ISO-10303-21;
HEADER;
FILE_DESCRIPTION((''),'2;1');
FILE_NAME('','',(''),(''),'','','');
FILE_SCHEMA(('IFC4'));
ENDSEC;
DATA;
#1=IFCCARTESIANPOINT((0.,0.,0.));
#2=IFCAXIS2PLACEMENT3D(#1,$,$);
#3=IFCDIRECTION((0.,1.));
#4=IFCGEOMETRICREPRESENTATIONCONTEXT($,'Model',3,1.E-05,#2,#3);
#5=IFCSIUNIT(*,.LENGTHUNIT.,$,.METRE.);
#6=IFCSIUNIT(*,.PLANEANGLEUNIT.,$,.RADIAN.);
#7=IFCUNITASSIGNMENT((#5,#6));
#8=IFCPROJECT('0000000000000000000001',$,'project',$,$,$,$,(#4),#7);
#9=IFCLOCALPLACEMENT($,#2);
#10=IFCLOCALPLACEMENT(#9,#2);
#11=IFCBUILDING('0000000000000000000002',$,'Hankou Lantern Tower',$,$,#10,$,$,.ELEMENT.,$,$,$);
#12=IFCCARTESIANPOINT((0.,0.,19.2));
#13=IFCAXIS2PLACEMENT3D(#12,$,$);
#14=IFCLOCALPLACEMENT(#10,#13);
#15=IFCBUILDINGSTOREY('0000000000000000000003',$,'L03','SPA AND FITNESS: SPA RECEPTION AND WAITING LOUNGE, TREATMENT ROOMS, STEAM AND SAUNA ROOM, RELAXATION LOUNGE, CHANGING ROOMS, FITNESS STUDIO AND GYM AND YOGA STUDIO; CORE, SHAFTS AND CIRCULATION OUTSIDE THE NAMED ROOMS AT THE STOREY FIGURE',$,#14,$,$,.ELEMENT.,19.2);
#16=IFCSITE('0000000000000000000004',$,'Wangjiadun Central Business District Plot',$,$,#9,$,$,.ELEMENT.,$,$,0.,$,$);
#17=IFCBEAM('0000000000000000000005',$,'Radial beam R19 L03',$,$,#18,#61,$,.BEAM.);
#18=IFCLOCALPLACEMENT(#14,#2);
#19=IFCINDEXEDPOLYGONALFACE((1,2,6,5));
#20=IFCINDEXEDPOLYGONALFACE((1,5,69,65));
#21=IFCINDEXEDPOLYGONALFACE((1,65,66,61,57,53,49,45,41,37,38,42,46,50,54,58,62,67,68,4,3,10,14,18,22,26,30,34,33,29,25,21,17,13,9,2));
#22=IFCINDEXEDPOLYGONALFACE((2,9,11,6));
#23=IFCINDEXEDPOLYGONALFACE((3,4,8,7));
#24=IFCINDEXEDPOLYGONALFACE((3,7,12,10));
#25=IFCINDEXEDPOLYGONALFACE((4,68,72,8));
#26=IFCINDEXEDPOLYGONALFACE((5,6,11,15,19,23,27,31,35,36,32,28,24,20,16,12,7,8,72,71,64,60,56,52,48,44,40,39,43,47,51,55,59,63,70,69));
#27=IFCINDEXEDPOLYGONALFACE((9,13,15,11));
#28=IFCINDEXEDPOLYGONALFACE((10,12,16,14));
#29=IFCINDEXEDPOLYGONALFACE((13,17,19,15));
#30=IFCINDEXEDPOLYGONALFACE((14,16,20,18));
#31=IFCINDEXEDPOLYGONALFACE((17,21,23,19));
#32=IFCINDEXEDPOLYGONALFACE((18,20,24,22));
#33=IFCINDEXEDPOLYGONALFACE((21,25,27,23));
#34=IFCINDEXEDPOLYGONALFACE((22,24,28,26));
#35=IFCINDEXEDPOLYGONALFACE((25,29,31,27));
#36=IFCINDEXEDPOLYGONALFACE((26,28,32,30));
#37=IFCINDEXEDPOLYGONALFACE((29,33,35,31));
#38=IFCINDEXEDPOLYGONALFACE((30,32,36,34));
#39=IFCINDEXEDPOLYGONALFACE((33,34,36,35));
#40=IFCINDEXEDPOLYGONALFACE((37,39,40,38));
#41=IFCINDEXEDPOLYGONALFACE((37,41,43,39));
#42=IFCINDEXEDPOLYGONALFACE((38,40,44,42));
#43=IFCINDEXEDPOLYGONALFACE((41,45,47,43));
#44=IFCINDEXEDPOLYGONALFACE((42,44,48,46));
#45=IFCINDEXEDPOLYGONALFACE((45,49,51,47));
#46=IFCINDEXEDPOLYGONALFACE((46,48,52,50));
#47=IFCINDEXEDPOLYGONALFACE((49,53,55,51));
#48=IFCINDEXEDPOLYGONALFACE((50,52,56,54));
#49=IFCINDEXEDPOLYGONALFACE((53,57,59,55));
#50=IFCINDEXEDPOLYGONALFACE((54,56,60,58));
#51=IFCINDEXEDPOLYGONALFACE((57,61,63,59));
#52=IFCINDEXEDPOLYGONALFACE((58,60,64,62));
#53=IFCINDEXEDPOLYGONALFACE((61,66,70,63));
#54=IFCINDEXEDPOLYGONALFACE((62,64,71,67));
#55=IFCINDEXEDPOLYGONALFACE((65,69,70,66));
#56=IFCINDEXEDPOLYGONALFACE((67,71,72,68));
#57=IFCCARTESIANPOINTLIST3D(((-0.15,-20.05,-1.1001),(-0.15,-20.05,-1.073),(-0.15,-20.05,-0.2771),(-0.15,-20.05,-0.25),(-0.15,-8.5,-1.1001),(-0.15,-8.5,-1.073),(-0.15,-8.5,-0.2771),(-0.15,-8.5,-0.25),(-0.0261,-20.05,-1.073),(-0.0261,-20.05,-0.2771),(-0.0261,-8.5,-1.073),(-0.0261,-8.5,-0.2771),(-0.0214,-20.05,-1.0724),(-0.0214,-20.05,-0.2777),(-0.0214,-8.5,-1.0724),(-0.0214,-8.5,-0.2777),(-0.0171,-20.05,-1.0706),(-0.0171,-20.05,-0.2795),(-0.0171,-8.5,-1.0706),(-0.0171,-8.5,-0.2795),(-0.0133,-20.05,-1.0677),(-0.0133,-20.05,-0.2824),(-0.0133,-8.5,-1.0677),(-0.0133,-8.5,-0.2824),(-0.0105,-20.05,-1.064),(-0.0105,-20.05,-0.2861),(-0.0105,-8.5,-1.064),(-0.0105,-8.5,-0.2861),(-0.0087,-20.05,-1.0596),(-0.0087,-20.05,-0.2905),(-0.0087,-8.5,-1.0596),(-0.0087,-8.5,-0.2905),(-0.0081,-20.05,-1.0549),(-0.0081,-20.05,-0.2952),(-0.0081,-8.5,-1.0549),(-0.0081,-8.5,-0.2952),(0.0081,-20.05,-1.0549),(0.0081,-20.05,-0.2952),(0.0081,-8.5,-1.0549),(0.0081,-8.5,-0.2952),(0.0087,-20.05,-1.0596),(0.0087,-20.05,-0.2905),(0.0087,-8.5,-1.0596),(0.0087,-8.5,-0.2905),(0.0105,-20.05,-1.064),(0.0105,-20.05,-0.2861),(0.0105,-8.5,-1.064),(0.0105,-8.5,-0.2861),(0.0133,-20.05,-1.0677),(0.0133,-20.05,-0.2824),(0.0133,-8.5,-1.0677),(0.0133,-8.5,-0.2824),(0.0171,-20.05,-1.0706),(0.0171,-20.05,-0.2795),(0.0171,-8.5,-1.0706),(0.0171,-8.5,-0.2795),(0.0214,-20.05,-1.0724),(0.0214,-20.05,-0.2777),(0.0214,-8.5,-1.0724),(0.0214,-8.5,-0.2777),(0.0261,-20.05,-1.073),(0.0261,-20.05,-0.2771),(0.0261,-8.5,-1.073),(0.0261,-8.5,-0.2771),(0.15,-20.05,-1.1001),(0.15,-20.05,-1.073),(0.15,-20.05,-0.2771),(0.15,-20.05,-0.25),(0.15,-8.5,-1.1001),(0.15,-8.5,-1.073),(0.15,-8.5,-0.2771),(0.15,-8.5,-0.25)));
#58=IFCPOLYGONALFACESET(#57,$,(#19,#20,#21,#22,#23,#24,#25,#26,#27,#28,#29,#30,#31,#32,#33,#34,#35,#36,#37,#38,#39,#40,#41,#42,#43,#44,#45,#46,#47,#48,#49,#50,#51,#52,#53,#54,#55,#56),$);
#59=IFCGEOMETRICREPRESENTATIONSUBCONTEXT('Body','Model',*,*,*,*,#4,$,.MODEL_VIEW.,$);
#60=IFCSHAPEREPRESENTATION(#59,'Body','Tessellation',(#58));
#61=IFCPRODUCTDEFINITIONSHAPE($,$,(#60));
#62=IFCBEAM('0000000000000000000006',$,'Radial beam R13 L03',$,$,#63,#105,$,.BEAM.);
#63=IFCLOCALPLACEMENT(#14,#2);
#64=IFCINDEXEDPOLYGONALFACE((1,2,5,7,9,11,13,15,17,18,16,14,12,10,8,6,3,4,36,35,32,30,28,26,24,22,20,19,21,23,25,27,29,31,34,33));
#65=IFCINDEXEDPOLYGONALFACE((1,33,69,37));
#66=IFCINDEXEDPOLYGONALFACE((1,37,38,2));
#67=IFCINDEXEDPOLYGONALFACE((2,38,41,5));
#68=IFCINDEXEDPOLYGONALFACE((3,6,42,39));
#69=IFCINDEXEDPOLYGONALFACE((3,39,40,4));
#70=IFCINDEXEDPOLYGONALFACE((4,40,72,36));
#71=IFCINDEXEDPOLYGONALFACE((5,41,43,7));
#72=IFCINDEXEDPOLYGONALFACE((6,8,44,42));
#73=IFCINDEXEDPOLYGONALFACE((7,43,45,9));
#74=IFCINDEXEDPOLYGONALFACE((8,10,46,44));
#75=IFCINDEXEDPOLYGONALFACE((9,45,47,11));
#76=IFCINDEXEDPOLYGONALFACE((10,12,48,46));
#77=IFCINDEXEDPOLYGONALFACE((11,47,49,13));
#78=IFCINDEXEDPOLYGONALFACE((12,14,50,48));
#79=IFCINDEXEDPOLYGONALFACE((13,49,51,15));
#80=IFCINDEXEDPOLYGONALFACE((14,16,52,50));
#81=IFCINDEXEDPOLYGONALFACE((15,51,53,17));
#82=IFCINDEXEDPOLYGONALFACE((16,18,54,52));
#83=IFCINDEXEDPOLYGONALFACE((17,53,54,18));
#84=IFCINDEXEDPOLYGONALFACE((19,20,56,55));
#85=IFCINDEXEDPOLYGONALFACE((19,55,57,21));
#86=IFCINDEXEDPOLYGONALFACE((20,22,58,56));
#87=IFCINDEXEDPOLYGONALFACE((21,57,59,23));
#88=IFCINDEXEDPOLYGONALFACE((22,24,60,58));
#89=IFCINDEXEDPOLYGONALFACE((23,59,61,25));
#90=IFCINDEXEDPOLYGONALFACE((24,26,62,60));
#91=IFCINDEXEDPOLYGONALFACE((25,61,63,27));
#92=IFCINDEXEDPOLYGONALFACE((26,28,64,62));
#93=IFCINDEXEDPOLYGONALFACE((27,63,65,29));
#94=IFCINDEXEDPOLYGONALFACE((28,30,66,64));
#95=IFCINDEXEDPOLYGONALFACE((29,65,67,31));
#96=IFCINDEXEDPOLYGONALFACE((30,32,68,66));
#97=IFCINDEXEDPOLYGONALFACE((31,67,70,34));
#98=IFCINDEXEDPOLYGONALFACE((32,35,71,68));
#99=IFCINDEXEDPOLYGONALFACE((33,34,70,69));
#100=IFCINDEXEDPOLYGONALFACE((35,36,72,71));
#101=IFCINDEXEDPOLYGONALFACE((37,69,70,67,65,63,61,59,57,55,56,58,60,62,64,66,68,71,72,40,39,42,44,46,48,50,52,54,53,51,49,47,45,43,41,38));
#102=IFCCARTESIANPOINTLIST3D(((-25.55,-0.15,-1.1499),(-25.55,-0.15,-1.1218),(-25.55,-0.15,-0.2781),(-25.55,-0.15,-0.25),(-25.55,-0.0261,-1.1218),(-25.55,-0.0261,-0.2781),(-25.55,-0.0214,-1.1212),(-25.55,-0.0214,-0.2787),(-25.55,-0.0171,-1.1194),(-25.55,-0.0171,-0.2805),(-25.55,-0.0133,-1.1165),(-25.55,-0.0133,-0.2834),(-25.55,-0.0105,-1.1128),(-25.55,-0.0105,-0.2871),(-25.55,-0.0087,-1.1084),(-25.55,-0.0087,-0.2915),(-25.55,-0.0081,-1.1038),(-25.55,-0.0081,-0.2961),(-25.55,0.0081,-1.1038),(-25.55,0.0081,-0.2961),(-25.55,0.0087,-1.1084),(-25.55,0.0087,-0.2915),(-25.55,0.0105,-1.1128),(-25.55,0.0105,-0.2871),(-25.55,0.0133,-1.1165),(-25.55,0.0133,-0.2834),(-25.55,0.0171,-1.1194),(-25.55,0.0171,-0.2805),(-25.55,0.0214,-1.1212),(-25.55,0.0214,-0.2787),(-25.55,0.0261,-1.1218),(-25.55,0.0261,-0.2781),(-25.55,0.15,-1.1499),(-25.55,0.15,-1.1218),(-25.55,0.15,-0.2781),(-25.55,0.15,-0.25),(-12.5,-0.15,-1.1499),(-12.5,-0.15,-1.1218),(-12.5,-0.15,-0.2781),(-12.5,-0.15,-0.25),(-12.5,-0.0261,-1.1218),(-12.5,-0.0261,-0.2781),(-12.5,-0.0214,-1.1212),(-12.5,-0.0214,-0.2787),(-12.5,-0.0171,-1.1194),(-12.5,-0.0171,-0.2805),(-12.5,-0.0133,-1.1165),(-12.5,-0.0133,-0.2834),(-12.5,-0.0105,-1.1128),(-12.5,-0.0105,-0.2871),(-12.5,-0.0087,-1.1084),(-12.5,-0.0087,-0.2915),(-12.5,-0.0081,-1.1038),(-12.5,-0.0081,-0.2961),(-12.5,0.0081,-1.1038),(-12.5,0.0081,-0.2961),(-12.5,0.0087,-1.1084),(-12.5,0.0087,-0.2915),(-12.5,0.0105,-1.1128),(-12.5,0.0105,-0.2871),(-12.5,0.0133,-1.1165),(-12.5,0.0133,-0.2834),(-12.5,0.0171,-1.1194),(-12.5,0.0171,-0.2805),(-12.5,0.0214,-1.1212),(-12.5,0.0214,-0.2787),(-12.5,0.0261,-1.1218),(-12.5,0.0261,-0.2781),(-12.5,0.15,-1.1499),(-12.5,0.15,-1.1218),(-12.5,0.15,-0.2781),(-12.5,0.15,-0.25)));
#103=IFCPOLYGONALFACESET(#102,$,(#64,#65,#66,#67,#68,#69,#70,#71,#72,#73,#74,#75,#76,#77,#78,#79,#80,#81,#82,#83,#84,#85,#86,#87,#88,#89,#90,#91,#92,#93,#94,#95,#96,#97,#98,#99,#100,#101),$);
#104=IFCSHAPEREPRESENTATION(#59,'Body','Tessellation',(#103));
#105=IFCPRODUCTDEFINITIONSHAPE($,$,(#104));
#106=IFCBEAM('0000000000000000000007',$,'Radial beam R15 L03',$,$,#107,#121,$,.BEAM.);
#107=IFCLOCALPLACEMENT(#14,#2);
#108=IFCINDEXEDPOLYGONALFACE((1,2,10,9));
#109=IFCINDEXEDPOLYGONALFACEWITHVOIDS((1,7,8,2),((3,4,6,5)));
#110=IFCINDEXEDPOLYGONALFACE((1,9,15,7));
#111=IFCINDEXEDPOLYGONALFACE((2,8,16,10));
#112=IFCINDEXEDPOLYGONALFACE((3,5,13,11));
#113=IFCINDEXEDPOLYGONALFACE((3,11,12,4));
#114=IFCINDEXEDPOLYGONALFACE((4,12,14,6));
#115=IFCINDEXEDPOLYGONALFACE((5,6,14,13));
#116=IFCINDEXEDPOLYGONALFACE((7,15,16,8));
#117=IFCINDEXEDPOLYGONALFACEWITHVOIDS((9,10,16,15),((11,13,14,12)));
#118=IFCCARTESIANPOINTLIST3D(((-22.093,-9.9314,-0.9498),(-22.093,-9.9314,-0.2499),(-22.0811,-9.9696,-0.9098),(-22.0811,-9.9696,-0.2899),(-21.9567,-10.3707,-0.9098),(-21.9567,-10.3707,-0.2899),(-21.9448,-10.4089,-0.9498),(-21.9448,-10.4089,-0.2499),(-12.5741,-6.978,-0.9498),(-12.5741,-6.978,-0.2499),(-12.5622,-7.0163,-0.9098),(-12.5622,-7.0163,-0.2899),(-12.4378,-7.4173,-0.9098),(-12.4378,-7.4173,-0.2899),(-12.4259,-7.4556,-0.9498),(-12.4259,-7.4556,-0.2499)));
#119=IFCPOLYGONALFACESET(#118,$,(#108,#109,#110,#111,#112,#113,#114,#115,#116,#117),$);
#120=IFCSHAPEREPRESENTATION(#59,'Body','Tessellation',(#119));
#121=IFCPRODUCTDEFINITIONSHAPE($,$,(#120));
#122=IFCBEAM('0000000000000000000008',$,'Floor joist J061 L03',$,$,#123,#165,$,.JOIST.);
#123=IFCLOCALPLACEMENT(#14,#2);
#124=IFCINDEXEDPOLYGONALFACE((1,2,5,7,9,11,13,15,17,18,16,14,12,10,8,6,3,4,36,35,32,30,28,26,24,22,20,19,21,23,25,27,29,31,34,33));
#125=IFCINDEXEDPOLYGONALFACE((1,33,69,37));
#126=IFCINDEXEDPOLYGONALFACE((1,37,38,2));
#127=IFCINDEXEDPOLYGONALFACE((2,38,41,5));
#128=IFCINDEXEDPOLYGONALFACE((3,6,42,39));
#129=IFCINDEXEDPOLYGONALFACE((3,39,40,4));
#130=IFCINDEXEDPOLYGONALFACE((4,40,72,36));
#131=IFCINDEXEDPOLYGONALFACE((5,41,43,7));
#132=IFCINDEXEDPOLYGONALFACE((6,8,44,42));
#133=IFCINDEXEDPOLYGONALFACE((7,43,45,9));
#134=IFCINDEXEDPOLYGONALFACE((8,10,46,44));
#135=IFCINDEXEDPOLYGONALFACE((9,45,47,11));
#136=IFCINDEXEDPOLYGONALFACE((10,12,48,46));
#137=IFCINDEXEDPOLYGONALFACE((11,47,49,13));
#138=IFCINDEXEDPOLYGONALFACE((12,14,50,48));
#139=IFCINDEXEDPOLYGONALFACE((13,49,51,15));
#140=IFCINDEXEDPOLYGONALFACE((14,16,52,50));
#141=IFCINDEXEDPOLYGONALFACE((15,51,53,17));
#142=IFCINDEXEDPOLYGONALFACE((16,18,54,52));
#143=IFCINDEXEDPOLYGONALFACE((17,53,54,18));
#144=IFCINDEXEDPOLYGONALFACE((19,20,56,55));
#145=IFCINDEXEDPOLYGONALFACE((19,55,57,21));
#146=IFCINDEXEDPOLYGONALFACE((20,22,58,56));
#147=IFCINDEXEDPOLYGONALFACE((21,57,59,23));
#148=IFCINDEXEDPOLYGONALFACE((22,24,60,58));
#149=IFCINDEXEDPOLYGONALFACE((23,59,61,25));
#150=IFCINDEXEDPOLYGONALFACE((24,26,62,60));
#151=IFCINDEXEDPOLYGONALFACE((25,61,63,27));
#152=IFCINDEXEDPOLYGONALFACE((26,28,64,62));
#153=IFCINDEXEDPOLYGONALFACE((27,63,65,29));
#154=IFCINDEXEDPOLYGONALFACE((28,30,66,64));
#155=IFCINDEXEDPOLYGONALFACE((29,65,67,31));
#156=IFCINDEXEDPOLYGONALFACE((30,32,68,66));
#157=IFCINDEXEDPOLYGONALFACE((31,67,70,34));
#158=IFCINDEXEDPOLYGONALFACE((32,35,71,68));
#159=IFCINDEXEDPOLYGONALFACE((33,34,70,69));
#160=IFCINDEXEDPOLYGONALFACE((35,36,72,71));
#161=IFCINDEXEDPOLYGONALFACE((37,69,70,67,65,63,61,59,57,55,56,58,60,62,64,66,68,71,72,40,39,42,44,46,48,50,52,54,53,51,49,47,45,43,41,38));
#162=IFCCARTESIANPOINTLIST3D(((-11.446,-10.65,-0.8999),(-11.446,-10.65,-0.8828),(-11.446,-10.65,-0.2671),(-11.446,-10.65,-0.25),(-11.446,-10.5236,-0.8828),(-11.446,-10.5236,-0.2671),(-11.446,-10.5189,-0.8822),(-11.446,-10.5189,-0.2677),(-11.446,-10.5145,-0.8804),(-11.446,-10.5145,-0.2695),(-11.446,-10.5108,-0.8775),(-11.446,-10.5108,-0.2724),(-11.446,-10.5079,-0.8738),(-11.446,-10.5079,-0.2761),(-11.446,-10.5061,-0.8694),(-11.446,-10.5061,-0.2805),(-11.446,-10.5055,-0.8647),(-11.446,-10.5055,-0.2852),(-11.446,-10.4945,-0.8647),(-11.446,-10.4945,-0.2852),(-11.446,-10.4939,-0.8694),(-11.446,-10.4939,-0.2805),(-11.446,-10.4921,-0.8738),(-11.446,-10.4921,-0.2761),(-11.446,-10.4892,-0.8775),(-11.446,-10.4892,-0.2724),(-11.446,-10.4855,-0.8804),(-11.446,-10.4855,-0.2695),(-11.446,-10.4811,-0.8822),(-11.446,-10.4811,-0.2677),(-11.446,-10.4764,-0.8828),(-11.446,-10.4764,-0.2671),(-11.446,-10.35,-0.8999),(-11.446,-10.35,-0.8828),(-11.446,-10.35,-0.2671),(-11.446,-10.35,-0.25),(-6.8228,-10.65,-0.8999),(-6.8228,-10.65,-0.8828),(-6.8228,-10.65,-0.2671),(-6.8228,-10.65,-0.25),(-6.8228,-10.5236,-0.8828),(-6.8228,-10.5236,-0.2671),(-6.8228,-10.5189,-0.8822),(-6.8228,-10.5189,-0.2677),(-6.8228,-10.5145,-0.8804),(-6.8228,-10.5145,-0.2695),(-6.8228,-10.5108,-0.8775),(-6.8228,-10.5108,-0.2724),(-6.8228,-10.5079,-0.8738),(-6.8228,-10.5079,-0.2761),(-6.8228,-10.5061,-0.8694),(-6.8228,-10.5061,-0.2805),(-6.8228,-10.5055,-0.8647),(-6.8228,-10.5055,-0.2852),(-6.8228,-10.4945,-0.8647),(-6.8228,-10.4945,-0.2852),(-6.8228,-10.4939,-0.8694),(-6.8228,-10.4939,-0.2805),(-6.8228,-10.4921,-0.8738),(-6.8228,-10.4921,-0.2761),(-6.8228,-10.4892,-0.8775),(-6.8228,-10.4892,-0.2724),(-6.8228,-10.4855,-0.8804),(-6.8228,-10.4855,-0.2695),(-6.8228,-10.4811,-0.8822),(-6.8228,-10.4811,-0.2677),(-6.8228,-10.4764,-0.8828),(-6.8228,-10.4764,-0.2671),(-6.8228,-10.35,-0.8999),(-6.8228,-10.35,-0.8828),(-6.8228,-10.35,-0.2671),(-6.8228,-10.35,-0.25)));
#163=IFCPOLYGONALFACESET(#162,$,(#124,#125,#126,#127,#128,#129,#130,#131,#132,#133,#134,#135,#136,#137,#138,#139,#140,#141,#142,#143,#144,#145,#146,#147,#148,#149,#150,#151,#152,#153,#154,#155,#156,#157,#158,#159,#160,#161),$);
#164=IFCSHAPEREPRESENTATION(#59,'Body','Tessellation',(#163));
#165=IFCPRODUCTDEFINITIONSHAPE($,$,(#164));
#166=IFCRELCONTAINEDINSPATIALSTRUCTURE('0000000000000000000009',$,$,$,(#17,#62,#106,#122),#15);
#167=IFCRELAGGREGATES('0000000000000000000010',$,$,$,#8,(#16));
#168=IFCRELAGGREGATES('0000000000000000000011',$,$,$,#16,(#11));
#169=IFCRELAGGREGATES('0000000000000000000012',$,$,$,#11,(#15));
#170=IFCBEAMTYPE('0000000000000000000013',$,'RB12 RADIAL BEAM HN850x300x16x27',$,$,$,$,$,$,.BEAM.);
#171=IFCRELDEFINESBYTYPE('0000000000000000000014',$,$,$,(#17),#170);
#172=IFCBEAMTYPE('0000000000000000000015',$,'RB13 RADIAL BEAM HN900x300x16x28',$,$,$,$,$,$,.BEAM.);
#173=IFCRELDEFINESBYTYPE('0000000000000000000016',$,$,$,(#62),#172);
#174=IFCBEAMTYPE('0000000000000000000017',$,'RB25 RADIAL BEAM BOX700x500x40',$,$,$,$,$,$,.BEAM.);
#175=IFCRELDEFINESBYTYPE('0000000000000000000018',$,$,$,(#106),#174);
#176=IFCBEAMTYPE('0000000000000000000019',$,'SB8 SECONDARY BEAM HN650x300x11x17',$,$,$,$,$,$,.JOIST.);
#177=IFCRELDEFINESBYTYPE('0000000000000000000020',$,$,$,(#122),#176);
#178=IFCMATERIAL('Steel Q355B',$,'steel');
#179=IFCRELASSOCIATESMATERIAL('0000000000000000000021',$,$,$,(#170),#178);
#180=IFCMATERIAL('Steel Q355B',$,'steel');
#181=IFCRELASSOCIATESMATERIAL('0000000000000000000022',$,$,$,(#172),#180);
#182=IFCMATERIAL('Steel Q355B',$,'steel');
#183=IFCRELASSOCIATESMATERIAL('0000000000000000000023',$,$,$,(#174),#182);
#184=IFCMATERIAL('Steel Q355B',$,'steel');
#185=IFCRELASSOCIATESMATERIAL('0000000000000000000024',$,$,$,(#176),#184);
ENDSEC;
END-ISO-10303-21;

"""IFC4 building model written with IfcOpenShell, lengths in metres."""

from ifc_helpers import new_model, si_unit, direction, frame, origin, origin_2d, place, context, subcontext, project, spatial, hollow_rectangle, i_section, extrude, material, material_profile, profile_set, type_object, element, save


model = new_model("IFC4")

# Units and contexts
model_context = context("Model", 3, precision=1e-05, world=origin(), true_north=direction((0.0, 1.0)))
body_context = subcontext(model_context, "Body", "Model", "MODEL_VIEW")
ifc_project = project(units=[si_unit("LENGTHUNIT", "METRE"), si_unit("PLANEANGLEUNIT", "RADIAN")], contexts=[model_context])

# Site, building, storey
site_placement = place(None, origin())
site = spatial("IfcSite", under=ifc_project, at=site_placement, Name="Wangjiadun Central Business District Plot", CompositionType="ELEMENT", RefElevation=0.0)
building_placement = place(site_placement, origin())
building = spatial("IfcBuilding", under=site, at=building_placement, Name="Hankou Lantern Tower", CompositionType="ELEMENT")
storey_placement = place(building_placement, frame((0.0, 0.0, 19.2)))
storey = spatial("IfcBuildingStorey", under=building, at=storey_placement, Name="L03", Description="SPA AND FITNESS: SPA RECEPTION AND WAITING LOUNGE, TREATMENT ROOMS, STEAM AND SAUNA ROOM, RELAXATION LOUNGE, CHANGING ROOMS, FITNESS STUDIO AND GYM AND YOGA STUDIO; CORE, SHAFTS AND CIRCULATION OUTSIDE THE NAMED ROOMS AT THE STOREY FIGURE", CompositionType="ELEMENT", Elevation=19.2)

# Beams
ifc_material_1 = material(Name="Steel Q355B", Category="steel")
ifc_material_profile_1 = material_profile(ifc_material_1, i_section(OverallWidth=0.3, OverallDepth=0.8501, WebThickness=0.0161, FlangeThickness=0.0271, FilletRadius=0.0181, at=origin_2d()), Name="HN850x300x16x27")
ifc_profile_set_1 = profile_set([ifc_material_profile_1], Name="Steel Q355B")
beam_type_1 = type_object("IfcBeamType", Name="RB12 RADIAL BEAM HN850x300x16x27", PredefinedType="BEAM", material=ifc_profile_set_1)
beam_1_placement = place(storey_placement, frame((0.0, -8.5, -0.675), z_axis=(0.0, -1.0, 0.0), x_axis=(1.0, 0.0, 0.0)))
element("IfcBeam", 1, at=beam_1_placement, inside=storey, type_object=beam_type_1, Name="Radial beam R19 L03", PredefinedType="BEAM", context=body_context, shape_type="SweptSolid", body=[
    extrude(i_section(OverallWidth=0.3, OverallDepth=0.8501, WebThickness=0.0161, FlangeThickness=0.0271, FilletRadius=0.0181, at=origin_2d()), origin(), (0.0, 0.0, 1.0), 11.55),
])
ifc_material_2 = material(Name="Steel Q355B", Category="steel")
ifc_material_profile_2 = material_profile(ifc_material_2, i_section(OverallWidth=0.3, OverallDepth=0.8999, WebThickness=0.0161, FlangeThickness=0.0281, FilletRadius=0.0181, at=origin_2d()), Name="HN900x300x16x28")
ifc_profile_set_2 = profile_set([ifc_material_profile_2], Name="Steel Q355B")
beam_type_2 = type_object("IfcBeamType", Name="RB13 RADIAL BEAM HN900x300x16x28", PredefinedType="BEAM", material=ifc_profile_set_2)
beam_2_placement = place(storey_placement, frame((-12.5, 0.0, -0.7), z_axis=(-1.0, 0.0, 0.0), x_axis=(0.0, -1.0, 0.0)))
element("IfcBeam", 2, at=beam_2_placement, inside=storey, type_object=beam_type_2, Name="Radial beam R13 L03", PredefinedType="BEAM", context=body_context, shape_type="SweptSolid", body=[
    extrude(i_section(OverallWidth=0.3, OverallDepth=0.8999, WebThickness=0.0161, FlangeThickness=0.0281, FilletRadius=0.0181, at=origin_2d()), origin(), (0.0, 0.0, 1.0), 13.05),
])
ifc_material_3 = material(Name="Steel Q355B", Category="steel")
ifc_material_profile_3 = material_profile(ifc_material_3, hollow_rectangle(XDim=0.5, YDim=0.7, WallThickness=0.04, at=origin_2d()), Name="BOX700x500x40")
ifc_profile_set_3 = profile_set([ifc_material_profile_3], Name="Steel Q355B")
beam_type_3 = type_object("IfcBeamType", Name="RB25 RADIAL BEAM BOX700x500x40", PredefinedType="BEAM", material=ifc_profile_set_3)
beam_3_placement = place(storey_placement, frame((-12.5, -7.2168, -0.5999), z_axis=(-0.955087, -0.296324, 0.0), x_axis=(0.296324, -0.955087, 0.0)))
element("IfcBeam", 3, at=beam_3_placement, inside=storey, type_object=beam_type_3, Name="Radial beam R15 L03", PredefinedType="BEAM", context=body_context, shape_type="SweptSolid", body=[
    extrude(hollow_rectangle(XDim=0.5, YDim=0.7, WallThickness=0.04, at=origin_2d()), origin(), (0.0, 0.0, 1.0), 9.9666),
])
ifc_material_4 = material(Name="Steel Q355B", Category="steel")
ifc_material_profile_4 = material_profile(ifc_material_4, i_section(OverallWidth=0.3, OverallDepth=0.6499, WebThickness=0.011, FlangeThickness=0.0171, FilletRadius=0.0181, at=origin_2d()), Name="HN650x300x11x17")
ifc_profile_set_4 = profile_set([ifc_material_profile_4], Name="Steel Q355B")
beam_type_4 = type_object("IfcBeamType", Name="SB8 SECONDARY BEAM HN650x300x11x17", PredefinedType="JOIST", material=ifc_profile_set_4)
beam_4_placement = place(storey_placement, frame((-11.446, -10.5, -0.575), z_axis=(1.0, 0.0, 0.0), x_axis=(0.0, 1.0, 0.0)))
element("IfcBeam", 4, at=beam_4_placement, inside=storey, type_object=beam_type_4, Name="Floor joist J061 L03", PredefinedType="JOIST", context=body_context, shape_type="SweptSolid", body=[
    extrude(i_section(OverallWidth=0.3, OverallDepth=0.6499, WebThickness=0.011, FlangeThickness=0.0171, FilletRadius=0.0181, at=origin_2d()), origin(), (0.0, 0.0, 1.0), 4.6233),
])

save(model, "model.ifc")
